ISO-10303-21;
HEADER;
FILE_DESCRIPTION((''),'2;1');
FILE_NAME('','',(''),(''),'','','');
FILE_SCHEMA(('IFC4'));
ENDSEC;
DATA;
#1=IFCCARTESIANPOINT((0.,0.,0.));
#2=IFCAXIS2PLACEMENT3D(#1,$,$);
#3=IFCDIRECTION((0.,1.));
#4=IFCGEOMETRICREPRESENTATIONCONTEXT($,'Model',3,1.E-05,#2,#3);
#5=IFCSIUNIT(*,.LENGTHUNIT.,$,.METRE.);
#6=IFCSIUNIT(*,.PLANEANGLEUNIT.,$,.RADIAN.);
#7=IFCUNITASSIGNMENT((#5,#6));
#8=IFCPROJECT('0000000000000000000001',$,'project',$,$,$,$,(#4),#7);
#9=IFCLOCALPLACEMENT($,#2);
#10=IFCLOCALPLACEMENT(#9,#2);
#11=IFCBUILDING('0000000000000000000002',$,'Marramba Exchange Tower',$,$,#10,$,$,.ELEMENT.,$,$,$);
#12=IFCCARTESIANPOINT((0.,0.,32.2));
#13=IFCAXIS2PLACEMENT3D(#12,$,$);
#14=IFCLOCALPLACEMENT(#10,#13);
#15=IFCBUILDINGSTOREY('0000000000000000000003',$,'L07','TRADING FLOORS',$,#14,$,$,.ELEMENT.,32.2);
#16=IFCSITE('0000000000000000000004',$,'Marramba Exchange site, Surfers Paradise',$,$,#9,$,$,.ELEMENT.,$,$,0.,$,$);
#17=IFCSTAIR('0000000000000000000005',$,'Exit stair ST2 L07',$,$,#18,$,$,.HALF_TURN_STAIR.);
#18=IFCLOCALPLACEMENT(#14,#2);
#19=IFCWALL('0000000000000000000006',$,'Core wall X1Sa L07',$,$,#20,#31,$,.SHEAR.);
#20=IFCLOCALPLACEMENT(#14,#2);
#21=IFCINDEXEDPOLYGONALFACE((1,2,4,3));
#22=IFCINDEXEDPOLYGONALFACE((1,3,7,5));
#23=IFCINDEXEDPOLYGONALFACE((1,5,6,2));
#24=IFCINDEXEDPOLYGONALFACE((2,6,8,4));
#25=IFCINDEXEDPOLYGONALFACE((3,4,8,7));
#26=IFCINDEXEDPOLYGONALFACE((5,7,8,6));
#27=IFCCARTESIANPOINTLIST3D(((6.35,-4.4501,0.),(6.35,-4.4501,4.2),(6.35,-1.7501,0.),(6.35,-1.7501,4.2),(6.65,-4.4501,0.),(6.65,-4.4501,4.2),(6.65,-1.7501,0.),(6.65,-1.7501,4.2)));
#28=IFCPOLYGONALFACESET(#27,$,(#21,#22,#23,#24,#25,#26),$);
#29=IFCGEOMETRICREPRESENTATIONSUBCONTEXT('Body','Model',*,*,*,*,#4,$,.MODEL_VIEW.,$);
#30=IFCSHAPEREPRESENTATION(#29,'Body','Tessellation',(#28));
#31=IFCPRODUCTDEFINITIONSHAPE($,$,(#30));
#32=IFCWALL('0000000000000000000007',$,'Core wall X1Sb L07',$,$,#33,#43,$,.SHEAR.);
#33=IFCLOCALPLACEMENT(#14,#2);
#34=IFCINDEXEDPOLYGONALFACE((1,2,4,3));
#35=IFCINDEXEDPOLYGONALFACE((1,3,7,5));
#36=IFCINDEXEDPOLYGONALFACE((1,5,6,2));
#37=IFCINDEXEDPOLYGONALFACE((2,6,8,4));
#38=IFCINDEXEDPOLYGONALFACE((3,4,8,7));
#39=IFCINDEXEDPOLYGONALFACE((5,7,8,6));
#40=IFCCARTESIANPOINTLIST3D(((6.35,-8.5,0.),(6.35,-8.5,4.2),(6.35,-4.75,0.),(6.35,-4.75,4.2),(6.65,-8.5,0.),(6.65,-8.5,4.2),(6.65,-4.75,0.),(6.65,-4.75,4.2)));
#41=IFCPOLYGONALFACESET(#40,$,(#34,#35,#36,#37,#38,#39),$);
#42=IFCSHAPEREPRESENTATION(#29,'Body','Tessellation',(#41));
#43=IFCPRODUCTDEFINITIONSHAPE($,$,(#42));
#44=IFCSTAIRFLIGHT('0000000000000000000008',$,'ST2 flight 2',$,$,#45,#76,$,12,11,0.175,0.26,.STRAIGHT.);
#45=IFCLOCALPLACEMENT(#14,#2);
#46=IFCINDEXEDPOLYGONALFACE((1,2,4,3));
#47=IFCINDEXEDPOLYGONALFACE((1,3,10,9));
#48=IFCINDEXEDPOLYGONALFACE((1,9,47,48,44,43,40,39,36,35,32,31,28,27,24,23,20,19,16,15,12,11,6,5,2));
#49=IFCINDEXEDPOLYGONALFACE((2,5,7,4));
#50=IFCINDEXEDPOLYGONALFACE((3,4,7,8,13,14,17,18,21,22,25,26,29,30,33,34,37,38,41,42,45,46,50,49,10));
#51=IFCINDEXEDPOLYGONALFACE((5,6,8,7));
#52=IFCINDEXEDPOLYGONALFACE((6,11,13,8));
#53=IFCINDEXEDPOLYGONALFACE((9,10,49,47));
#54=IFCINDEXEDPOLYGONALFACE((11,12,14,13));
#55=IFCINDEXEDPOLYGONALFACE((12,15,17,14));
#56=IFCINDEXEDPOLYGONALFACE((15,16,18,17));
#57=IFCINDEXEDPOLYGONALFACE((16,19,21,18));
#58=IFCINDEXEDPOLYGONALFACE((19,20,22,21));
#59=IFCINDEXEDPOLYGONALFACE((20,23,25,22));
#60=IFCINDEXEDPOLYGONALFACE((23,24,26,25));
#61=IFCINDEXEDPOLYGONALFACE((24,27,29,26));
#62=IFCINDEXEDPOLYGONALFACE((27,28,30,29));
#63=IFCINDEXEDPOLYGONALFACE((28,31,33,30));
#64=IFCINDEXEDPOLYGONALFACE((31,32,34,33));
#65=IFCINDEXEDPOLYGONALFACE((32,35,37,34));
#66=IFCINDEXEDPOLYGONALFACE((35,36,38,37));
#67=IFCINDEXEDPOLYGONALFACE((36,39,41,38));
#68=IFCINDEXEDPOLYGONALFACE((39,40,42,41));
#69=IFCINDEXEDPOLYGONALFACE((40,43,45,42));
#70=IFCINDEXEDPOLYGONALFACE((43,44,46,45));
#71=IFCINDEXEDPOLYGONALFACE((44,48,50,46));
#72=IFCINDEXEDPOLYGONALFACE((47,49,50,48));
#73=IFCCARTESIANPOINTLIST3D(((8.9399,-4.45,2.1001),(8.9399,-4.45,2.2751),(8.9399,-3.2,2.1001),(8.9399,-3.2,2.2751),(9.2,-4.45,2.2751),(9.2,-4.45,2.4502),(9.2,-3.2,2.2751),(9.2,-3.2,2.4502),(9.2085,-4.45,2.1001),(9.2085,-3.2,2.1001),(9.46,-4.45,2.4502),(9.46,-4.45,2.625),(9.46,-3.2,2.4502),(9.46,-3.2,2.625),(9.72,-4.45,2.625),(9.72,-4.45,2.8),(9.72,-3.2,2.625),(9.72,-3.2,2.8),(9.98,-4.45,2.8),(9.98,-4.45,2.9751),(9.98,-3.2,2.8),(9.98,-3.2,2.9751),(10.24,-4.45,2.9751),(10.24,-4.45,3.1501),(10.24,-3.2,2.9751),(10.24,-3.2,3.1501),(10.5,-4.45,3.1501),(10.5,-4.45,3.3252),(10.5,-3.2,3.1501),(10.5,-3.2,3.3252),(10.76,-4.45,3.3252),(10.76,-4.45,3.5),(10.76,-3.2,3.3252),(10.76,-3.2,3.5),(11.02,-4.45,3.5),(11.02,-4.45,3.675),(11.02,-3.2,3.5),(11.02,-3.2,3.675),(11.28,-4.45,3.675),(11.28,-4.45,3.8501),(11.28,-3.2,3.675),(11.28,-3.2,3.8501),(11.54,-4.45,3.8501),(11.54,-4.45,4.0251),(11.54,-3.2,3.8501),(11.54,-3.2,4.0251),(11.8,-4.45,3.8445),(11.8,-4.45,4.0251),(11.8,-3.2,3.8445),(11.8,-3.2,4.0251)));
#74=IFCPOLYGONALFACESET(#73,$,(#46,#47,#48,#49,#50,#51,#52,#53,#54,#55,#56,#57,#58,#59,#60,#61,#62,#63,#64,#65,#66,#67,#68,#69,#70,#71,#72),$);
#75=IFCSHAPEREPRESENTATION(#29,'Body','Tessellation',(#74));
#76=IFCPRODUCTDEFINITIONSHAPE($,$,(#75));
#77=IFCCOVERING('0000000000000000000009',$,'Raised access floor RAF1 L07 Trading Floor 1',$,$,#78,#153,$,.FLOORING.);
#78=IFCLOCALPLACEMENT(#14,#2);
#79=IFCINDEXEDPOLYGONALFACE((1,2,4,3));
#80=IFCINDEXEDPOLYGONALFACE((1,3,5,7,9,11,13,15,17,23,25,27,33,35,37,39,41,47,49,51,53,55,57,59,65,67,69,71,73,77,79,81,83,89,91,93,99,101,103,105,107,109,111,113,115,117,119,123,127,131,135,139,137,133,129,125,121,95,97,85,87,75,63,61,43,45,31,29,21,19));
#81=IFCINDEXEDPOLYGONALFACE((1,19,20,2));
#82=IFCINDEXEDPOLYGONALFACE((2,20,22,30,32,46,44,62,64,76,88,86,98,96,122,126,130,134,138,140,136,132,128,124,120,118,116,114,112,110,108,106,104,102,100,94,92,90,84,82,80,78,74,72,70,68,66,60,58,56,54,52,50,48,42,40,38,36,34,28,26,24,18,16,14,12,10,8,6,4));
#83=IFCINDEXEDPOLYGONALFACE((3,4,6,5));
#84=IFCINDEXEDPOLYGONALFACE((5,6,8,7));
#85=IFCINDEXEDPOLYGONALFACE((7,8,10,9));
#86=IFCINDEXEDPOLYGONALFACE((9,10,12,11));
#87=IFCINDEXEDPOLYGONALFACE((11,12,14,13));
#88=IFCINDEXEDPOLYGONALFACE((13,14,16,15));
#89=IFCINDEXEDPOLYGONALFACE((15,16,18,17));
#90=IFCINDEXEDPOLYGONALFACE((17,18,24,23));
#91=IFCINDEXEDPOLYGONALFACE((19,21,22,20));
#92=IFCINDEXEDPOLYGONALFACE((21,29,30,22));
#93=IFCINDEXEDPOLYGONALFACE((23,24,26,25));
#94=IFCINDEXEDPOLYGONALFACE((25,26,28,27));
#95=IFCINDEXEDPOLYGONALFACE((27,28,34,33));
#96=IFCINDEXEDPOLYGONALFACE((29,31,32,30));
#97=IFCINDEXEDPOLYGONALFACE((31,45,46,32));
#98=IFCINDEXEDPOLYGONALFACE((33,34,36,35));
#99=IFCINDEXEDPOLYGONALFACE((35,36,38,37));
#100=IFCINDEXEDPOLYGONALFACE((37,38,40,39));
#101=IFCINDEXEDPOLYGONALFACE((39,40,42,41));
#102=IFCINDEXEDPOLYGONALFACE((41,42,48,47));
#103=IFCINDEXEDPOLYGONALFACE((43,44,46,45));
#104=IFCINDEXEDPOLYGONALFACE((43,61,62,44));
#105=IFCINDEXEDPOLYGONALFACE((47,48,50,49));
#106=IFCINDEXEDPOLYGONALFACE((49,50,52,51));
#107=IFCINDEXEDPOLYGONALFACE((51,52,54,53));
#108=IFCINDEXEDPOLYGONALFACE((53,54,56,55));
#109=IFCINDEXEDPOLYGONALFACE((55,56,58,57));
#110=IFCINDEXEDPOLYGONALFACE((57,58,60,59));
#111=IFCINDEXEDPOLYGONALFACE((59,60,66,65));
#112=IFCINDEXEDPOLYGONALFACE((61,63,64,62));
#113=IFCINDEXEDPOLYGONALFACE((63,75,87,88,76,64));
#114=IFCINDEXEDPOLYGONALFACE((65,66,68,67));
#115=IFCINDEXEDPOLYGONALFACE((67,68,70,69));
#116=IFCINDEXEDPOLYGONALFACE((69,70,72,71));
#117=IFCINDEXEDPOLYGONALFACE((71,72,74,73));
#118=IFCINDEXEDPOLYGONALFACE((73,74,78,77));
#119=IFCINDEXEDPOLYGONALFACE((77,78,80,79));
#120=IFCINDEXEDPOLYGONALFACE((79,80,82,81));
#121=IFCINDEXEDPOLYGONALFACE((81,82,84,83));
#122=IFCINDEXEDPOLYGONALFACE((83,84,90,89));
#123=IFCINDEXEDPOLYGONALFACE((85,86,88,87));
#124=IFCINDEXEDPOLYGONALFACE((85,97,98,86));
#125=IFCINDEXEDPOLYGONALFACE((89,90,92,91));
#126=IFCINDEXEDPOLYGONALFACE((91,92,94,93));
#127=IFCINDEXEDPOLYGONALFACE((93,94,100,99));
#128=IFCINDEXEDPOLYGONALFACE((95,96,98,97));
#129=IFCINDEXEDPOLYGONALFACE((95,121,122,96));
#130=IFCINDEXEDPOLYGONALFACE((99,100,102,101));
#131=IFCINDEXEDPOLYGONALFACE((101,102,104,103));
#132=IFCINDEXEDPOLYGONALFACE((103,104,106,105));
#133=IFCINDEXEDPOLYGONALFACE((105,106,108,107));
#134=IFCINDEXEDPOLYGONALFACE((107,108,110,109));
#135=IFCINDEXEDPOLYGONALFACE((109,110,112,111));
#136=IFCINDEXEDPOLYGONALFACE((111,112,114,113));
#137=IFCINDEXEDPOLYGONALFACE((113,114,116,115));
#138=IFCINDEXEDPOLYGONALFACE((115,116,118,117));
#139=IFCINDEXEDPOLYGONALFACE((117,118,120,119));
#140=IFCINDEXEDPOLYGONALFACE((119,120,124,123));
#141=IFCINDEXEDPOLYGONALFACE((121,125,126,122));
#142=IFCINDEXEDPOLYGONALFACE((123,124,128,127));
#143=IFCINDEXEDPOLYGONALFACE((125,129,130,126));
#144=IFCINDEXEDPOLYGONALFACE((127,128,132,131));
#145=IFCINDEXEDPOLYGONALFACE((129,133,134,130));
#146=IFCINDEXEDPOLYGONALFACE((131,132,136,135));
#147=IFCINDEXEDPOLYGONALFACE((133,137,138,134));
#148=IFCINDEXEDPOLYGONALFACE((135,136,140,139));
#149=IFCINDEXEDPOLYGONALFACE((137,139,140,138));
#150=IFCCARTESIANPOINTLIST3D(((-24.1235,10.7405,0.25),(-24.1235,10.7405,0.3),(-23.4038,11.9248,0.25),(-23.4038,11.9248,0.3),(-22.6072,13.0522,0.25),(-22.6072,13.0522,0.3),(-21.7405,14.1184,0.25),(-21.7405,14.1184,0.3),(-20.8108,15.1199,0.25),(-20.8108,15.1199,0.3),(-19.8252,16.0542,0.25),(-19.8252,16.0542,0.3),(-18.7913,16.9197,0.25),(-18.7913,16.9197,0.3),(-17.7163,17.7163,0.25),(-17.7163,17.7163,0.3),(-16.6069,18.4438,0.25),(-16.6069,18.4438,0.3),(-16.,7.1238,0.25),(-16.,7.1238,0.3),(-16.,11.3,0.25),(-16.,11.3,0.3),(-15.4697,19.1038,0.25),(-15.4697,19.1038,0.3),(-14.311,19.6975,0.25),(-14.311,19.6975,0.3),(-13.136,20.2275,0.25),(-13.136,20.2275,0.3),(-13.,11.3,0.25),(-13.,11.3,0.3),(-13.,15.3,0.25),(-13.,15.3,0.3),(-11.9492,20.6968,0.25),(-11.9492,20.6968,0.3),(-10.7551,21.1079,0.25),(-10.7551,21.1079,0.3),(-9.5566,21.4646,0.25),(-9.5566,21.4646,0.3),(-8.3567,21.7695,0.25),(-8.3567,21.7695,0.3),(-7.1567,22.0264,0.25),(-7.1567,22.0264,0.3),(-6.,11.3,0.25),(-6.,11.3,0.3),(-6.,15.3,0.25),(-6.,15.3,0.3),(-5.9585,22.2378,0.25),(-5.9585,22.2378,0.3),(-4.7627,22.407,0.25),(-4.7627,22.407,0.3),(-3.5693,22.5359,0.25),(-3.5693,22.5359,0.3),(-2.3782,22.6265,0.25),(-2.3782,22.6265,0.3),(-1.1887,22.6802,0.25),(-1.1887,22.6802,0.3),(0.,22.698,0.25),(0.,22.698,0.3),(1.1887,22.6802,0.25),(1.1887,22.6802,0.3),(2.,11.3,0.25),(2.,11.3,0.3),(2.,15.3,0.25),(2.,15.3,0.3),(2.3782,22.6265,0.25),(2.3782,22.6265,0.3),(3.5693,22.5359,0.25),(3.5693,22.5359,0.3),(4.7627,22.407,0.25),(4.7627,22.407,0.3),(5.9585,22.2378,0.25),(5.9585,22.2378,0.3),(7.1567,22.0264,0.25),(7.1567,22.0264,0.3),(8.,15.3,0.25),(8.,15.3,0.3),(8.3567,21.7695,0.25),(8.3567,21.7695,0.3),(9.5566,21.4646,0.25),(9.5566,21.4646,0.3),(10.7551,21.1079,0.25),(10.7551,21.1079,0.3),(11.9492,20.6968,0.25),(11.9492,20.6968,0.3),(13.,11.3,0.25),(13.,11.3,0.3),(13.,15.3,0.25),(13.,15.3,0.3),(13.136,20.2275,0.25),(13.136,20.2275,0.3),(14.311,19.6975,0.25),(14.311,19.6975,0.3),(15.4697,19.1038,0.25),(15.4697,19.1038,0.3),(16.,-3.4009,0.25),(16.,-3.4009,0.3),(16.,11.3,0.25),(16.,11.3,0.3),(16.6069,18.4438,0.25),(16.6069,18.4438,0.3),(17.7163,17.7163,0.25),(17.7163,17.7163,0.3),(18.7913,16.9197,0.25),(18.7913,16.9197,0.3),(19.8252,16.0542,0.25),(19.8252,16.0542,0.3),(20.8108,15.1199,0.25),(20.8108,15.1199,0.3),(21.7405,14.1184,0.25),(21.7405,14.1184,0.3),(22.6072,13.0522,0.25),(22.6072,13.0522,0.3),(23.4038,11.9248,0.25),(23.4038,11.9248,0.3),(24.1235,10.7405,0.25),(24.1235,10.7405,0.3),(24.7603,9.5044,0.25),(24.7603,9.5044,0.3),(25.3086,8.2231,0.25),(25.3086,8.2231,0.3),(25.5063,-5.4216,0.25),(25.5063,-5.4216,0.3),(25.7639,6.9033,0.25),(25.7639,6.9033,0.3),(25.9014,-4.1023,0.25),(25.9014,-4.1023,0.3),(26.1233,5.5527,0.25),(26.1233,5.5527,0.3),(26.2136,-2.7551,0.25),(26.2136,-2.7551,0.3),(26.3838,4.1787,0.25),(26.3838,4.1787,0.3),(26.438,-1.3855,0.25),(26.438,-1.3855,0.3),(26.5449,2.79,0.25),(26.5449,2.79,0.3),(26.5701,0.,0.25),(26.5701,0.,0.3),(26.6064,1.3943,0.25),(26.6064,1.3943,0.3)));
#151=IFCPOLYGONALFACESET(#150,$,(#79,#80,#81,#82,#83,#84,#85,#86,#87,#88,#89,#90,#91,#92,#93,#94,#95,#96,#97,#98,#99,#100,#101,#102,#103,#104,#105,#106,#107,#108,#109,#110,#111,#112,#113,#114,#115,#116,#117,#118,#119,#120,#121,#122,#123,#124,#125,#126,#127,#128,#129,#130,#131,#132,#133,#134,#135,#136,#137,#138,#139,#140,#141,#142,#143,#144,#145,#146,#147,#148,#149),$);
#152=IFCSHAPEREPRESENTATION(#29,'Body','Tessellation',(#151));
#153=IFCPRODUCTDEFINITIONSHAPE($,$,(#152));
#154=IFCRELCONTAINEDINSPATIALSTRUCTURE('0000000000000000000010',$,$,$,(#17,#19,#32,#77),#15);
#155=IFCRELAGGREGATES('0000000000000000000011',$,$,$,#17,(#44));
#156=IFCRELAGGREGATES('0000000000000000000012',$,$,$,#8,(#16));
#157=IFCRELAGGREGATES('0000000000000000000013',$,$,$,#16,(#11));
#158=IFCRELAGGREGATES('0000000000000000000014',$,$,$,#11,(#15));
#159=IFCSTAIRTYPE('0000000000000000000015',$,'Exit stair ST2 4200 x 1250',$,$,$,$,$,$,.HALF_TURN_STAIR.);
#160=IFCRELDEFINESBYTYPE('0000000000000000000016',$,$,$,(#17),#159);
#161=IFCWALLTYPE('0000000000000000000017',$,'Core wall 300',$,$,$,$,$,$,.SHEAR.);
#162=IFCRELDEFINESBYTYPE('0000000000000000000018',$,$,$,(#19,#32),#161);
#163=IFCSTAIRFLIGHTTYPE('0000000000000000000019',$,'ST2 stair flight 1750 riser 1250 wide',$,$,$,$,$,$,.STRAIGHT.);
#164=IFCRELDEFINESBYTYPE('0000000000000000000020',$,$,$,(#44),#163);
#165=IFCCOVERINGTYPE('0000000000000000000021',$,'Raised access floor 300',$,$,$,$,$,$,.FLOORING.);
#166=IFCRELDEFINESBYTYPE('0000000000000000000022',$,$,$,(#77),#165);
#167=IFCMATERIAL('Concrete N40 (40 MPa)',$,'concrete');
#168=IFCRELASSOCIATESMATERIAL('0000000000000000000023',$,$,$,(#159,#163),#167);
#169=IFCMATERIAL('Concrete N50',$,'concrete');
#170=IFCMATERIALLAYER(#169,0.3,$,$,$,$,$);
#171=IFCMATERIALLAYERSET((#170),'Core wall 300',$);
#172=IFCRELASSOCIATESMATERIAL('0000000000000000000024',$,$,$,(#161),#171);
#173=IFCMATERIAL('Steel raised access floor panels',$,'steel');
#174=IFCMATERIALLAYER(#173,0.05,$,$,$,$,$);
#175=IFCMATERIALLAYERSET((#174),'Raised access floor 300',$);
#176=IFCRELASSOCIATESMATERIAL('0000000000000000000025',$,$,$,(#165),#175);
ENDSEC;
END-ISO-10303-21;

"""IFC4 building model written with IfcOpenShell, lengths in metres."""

from ifc_helpers import new_model, si_unit, direction, frame, frame_2d, origin, place, context, subcontext, project, spatial, polyline, rectangle, outline, extrude, material, layer, layer_set, type_object, element, aggregate, save


model = new_model("IFC4")

# Units and contexts
model_context = context("Model", 3, precision=1e-05, world=origin(), true_north=direction((0.0, 1.0)))
body_context = subcontext(model_context, "Body", "Model", "MODEL_VIEW")
ifc_project = project(units=[si_unit("LENGTHUNIT", "METRE"), si_unit("PLANEANGLEUNIT", "RADIAN")], contexts=[model_context])

# Site, building, storey
site_placement = place(None, origin())
site = spatial("IfcSite", under=ifc_project, at=site_placement, Name="Marramba Exchange site, Surfers Paradise", CompositionType="ELEMENT", RefElevation=0.0)
building_placement = place(site_placement, origin())
building = spatial("IfcBuilding", under=site, at=building_placement, Name="Marramba Exchange Tower", CompositionType="ELEMENT")
storey_placement = place(building_placement, frame((0.0, 0.0, 32.2)))
storey = spatial("IfcBuildingStorey", under=building, at=storey_placement, Name="L07", Description="TRADING FLOORS", CompositionType="ELEMENT", Elevation=32.2)

# Stair
ifc_material_1 = material(Name="Concrete N40 (40 MPa)", Category="concrete")
stair_type_1 = type_object("IfcStairType", Name="Exit stair ST2 4200 x 1250", PredefinedType="HALF_TURN_STAIR", material=ifc_material_1)
stair_1_placement = place(storey_placement, origin())
stair_1 = element("IfcStair", 1, at=stair_1_placement, inside=storey, type_object=stair_type_1, Name="Exit stair ST2 L07", PredefinedType="HALF_TURN_STAIR")

# Walls
ifc_material_2 = material(Name="Concrete N50", Category="concrete")
ifc_layer_1 = layer(ifc_material_2, 0.3)
ifc_layer_set_1 = layer_set([ifc_layer_1], Name="Core wall 300")
wall_type_1 = type_object("IfcWallType", Name="Core wall 300", PredefinedType="SHEAR", material=ifc_layer_set_1)
wall_1_placement = place(storey_placement, frame((6.5, -1.75, 0.0), z_axis=(0.0, 0.0, 1.0), x_axis=(0.0, -1.0, 0.0)))
element("IfcWall", 2, at=wall_1_placement, inside=storey, type_object=wall_type_1, Name="Core wall X1Sa L07", PredefinedType="SHEAR", context=body_context, shape_type="SweptSolid", body=[
    extrude(rectangle(XDim=2.7, YDim=0.3, at=frame_2d((1.3501, 0.0))), origin(), (0.0, 0.0, 1.0), 4.2),
])
wall_2_placement = place(storey_placement, frame((6.5, -4.75, 0.0), z_axis=(0.0, 0.0, 1.0), x_axis=(0.0, -1.0, 0.0)))
element("IfcWall", 3, at=wall_2_placement, inside=storey, type_object=wall_type_1, Name="Core wall X1Sb L07", PredefinedType="SHEAR", context=body_context, shape_type="SweptSolid", body=[
    extrude(rectangle(XDim=3.75, YDim=0.3, at=frame_2d((1.875, 0.0))), origin(), (0.0, 0.0, 1.0), 4.2),
])

# Stair flight
stair_flight_type = type_object("IfcStairFlightType", Name="ST2 stair flight 1750 riser 1250 wide", PredefinedType="STRAIGHT", material=ifc_material_1)
stair_flight_placement = place(storey_placement, frame((8.9399, -3.825, 2.1001), z_axis=(0.0, 0.0, 1.0), x_axis=(1.0, 0.0, 0.0)))
stair_flight = element("IfcStairFlight", 4, at=stair_flight_placement, type_object=stair_flight_type, Name="ST2 flight 2", NumberOfRisers=12, NumberOfTreads=11, PredefinedType="STRAIGHT", RiserHeight=0.175, TreadLength=0.26, context=body_context, shape_type="SweptSolid", body=[
    extrude(outline(polyline([(0.0, 0.0), (0.0, 0.175), (0.26, 0.175), (0.26, 0.3501), (0.52, 0.3501), (0.52, 0.5249), (0.78, 0.5249), (0.78, 0.7), (1.04, 0.7), (1.04, 0.875), (1.3, 0.875), (1.3, 1.05), (1.5601, 1.05), (1.5601, 1.2251), (1.8201, 1.2251), (1.8201, 1.3999), (2.0801, 1.3999), (2.0801, 1.575), (2.3401, 1.575), (2.3401, 1.75), (2.6001, 1.75), (2.6001, 1.925), (2.8601, 1.925), (2.8601, 2.1001), (2.8601, 1.7444), (0.2686, 0.0), (0.0, 0.0)])), frame((0.0, 0.625, 0.0), z_axis=(0.0, -1.0, 0.0), x_axis=(1.0, 0.0, 0.0)), (0.0, 0.0, 1.0), 1.25),
])
aggregate(stair_1, [stair_flight])

# Covering
ifc_material_3 = material(Name="Steel raised access floor panels", Category="steel")
ifc_layer_2 = layer(ifc_material_3, 0.05)
ifc_layer_set_2 = layer_set([ifc_layer_2], Name="Raised access floor 300")
covering_type_1 = type_object("IfcCoveringType", Name="Raised access floor 300", PredefinedType="FLOORING", material=ifc_layer_set_2)
covering_1_placement = place(storey_placement, frame((0.0, 0.0, 0.25)))
element("IfcCovering", 5, at=covering_1_placement, inside=storey, type_object=covering_type_1, Name="Raised access floor RAF1 L07 Trading Floor 1", PredefinedType="FLOORING", context=body_context, shape_type="SweptSolid", body=[
    extrude(outline(polyline([(13.0, 11.3), (13.0, 15.3), (8.0, 15.3), (2.0, 15.3), (2.0, 11.3), (-6.0, 11.3), (-6.0, 15.3), (-13.0, 15.3), (-13.0, 11.3), (-16.0, 11.3), (-16.0, 7.1238), (-24.1235, 10.7405), (-23.4038, 11.9248), (-22.6072, 13.0522), (-21.7405, 14.1184), (-20.8108, 15.1199), (-19.8252, 16.0542), (-18.7913, 16.9197), (-17.7163, 17.7163), (-16.6069, 18.4438), (-15.4697, 19.1038), (-14.311, 19.6975), (-13.136, 20.2275), (-11.9492, 20.6968), (-10.7551, 21.1079), (-9.5566, 21.4646), (-8.3567, 21.7695), (-7.1567, 22.0264), (-5.9585, 22.2378), (-4.7627, 22.407), (-3.5693, 22.5359), (-2.3782, 22.6265), (-1.1887, 22.6802), (0.0, 22.698), (1.1887, 22.6802), (2.3782, 22.6265), (3.5693, 22.5359), (4.7627, 22.407), (5.9585, 22.2378), (7.1567, 22.0264), (8.3567, 21.7695), (9.5566, 21.4646), (10.7551, 21.1079), (11.9492, 20.6968), (13.136, 20.2275), (14.311, 19.6975), (15.4697, 19.1038), (16.6069, 18.4438), (17.7163, 17.7163), (18.7913, 16.9197), (19.8252, 16.0542), (20.8108, 15.1199), (21.7405, 14.1184), (22.6072, 13.0522), (23.4038, 11.9248), (24.1235, 10.7405), (24.7603, 9.5044), (25.3086, 8.2231), (25.7639, 6.9033), (26.1233, 5.5527), (26.3838, 4.1787), (26.5449, 2.79), (26.6064, 1.3943), (26.5701, 0.0), (26.438, -1.3855), (26.2136, -2.7551), (25.9014, -4.1023), (25.5063, -5.4216), (16.0, -3.4009), (16.0, 11.3), (13.0, 11.3)])), origin(), (0.0, 0.0, 1.0), 0.05),
])

save(model, "model.ifc")
